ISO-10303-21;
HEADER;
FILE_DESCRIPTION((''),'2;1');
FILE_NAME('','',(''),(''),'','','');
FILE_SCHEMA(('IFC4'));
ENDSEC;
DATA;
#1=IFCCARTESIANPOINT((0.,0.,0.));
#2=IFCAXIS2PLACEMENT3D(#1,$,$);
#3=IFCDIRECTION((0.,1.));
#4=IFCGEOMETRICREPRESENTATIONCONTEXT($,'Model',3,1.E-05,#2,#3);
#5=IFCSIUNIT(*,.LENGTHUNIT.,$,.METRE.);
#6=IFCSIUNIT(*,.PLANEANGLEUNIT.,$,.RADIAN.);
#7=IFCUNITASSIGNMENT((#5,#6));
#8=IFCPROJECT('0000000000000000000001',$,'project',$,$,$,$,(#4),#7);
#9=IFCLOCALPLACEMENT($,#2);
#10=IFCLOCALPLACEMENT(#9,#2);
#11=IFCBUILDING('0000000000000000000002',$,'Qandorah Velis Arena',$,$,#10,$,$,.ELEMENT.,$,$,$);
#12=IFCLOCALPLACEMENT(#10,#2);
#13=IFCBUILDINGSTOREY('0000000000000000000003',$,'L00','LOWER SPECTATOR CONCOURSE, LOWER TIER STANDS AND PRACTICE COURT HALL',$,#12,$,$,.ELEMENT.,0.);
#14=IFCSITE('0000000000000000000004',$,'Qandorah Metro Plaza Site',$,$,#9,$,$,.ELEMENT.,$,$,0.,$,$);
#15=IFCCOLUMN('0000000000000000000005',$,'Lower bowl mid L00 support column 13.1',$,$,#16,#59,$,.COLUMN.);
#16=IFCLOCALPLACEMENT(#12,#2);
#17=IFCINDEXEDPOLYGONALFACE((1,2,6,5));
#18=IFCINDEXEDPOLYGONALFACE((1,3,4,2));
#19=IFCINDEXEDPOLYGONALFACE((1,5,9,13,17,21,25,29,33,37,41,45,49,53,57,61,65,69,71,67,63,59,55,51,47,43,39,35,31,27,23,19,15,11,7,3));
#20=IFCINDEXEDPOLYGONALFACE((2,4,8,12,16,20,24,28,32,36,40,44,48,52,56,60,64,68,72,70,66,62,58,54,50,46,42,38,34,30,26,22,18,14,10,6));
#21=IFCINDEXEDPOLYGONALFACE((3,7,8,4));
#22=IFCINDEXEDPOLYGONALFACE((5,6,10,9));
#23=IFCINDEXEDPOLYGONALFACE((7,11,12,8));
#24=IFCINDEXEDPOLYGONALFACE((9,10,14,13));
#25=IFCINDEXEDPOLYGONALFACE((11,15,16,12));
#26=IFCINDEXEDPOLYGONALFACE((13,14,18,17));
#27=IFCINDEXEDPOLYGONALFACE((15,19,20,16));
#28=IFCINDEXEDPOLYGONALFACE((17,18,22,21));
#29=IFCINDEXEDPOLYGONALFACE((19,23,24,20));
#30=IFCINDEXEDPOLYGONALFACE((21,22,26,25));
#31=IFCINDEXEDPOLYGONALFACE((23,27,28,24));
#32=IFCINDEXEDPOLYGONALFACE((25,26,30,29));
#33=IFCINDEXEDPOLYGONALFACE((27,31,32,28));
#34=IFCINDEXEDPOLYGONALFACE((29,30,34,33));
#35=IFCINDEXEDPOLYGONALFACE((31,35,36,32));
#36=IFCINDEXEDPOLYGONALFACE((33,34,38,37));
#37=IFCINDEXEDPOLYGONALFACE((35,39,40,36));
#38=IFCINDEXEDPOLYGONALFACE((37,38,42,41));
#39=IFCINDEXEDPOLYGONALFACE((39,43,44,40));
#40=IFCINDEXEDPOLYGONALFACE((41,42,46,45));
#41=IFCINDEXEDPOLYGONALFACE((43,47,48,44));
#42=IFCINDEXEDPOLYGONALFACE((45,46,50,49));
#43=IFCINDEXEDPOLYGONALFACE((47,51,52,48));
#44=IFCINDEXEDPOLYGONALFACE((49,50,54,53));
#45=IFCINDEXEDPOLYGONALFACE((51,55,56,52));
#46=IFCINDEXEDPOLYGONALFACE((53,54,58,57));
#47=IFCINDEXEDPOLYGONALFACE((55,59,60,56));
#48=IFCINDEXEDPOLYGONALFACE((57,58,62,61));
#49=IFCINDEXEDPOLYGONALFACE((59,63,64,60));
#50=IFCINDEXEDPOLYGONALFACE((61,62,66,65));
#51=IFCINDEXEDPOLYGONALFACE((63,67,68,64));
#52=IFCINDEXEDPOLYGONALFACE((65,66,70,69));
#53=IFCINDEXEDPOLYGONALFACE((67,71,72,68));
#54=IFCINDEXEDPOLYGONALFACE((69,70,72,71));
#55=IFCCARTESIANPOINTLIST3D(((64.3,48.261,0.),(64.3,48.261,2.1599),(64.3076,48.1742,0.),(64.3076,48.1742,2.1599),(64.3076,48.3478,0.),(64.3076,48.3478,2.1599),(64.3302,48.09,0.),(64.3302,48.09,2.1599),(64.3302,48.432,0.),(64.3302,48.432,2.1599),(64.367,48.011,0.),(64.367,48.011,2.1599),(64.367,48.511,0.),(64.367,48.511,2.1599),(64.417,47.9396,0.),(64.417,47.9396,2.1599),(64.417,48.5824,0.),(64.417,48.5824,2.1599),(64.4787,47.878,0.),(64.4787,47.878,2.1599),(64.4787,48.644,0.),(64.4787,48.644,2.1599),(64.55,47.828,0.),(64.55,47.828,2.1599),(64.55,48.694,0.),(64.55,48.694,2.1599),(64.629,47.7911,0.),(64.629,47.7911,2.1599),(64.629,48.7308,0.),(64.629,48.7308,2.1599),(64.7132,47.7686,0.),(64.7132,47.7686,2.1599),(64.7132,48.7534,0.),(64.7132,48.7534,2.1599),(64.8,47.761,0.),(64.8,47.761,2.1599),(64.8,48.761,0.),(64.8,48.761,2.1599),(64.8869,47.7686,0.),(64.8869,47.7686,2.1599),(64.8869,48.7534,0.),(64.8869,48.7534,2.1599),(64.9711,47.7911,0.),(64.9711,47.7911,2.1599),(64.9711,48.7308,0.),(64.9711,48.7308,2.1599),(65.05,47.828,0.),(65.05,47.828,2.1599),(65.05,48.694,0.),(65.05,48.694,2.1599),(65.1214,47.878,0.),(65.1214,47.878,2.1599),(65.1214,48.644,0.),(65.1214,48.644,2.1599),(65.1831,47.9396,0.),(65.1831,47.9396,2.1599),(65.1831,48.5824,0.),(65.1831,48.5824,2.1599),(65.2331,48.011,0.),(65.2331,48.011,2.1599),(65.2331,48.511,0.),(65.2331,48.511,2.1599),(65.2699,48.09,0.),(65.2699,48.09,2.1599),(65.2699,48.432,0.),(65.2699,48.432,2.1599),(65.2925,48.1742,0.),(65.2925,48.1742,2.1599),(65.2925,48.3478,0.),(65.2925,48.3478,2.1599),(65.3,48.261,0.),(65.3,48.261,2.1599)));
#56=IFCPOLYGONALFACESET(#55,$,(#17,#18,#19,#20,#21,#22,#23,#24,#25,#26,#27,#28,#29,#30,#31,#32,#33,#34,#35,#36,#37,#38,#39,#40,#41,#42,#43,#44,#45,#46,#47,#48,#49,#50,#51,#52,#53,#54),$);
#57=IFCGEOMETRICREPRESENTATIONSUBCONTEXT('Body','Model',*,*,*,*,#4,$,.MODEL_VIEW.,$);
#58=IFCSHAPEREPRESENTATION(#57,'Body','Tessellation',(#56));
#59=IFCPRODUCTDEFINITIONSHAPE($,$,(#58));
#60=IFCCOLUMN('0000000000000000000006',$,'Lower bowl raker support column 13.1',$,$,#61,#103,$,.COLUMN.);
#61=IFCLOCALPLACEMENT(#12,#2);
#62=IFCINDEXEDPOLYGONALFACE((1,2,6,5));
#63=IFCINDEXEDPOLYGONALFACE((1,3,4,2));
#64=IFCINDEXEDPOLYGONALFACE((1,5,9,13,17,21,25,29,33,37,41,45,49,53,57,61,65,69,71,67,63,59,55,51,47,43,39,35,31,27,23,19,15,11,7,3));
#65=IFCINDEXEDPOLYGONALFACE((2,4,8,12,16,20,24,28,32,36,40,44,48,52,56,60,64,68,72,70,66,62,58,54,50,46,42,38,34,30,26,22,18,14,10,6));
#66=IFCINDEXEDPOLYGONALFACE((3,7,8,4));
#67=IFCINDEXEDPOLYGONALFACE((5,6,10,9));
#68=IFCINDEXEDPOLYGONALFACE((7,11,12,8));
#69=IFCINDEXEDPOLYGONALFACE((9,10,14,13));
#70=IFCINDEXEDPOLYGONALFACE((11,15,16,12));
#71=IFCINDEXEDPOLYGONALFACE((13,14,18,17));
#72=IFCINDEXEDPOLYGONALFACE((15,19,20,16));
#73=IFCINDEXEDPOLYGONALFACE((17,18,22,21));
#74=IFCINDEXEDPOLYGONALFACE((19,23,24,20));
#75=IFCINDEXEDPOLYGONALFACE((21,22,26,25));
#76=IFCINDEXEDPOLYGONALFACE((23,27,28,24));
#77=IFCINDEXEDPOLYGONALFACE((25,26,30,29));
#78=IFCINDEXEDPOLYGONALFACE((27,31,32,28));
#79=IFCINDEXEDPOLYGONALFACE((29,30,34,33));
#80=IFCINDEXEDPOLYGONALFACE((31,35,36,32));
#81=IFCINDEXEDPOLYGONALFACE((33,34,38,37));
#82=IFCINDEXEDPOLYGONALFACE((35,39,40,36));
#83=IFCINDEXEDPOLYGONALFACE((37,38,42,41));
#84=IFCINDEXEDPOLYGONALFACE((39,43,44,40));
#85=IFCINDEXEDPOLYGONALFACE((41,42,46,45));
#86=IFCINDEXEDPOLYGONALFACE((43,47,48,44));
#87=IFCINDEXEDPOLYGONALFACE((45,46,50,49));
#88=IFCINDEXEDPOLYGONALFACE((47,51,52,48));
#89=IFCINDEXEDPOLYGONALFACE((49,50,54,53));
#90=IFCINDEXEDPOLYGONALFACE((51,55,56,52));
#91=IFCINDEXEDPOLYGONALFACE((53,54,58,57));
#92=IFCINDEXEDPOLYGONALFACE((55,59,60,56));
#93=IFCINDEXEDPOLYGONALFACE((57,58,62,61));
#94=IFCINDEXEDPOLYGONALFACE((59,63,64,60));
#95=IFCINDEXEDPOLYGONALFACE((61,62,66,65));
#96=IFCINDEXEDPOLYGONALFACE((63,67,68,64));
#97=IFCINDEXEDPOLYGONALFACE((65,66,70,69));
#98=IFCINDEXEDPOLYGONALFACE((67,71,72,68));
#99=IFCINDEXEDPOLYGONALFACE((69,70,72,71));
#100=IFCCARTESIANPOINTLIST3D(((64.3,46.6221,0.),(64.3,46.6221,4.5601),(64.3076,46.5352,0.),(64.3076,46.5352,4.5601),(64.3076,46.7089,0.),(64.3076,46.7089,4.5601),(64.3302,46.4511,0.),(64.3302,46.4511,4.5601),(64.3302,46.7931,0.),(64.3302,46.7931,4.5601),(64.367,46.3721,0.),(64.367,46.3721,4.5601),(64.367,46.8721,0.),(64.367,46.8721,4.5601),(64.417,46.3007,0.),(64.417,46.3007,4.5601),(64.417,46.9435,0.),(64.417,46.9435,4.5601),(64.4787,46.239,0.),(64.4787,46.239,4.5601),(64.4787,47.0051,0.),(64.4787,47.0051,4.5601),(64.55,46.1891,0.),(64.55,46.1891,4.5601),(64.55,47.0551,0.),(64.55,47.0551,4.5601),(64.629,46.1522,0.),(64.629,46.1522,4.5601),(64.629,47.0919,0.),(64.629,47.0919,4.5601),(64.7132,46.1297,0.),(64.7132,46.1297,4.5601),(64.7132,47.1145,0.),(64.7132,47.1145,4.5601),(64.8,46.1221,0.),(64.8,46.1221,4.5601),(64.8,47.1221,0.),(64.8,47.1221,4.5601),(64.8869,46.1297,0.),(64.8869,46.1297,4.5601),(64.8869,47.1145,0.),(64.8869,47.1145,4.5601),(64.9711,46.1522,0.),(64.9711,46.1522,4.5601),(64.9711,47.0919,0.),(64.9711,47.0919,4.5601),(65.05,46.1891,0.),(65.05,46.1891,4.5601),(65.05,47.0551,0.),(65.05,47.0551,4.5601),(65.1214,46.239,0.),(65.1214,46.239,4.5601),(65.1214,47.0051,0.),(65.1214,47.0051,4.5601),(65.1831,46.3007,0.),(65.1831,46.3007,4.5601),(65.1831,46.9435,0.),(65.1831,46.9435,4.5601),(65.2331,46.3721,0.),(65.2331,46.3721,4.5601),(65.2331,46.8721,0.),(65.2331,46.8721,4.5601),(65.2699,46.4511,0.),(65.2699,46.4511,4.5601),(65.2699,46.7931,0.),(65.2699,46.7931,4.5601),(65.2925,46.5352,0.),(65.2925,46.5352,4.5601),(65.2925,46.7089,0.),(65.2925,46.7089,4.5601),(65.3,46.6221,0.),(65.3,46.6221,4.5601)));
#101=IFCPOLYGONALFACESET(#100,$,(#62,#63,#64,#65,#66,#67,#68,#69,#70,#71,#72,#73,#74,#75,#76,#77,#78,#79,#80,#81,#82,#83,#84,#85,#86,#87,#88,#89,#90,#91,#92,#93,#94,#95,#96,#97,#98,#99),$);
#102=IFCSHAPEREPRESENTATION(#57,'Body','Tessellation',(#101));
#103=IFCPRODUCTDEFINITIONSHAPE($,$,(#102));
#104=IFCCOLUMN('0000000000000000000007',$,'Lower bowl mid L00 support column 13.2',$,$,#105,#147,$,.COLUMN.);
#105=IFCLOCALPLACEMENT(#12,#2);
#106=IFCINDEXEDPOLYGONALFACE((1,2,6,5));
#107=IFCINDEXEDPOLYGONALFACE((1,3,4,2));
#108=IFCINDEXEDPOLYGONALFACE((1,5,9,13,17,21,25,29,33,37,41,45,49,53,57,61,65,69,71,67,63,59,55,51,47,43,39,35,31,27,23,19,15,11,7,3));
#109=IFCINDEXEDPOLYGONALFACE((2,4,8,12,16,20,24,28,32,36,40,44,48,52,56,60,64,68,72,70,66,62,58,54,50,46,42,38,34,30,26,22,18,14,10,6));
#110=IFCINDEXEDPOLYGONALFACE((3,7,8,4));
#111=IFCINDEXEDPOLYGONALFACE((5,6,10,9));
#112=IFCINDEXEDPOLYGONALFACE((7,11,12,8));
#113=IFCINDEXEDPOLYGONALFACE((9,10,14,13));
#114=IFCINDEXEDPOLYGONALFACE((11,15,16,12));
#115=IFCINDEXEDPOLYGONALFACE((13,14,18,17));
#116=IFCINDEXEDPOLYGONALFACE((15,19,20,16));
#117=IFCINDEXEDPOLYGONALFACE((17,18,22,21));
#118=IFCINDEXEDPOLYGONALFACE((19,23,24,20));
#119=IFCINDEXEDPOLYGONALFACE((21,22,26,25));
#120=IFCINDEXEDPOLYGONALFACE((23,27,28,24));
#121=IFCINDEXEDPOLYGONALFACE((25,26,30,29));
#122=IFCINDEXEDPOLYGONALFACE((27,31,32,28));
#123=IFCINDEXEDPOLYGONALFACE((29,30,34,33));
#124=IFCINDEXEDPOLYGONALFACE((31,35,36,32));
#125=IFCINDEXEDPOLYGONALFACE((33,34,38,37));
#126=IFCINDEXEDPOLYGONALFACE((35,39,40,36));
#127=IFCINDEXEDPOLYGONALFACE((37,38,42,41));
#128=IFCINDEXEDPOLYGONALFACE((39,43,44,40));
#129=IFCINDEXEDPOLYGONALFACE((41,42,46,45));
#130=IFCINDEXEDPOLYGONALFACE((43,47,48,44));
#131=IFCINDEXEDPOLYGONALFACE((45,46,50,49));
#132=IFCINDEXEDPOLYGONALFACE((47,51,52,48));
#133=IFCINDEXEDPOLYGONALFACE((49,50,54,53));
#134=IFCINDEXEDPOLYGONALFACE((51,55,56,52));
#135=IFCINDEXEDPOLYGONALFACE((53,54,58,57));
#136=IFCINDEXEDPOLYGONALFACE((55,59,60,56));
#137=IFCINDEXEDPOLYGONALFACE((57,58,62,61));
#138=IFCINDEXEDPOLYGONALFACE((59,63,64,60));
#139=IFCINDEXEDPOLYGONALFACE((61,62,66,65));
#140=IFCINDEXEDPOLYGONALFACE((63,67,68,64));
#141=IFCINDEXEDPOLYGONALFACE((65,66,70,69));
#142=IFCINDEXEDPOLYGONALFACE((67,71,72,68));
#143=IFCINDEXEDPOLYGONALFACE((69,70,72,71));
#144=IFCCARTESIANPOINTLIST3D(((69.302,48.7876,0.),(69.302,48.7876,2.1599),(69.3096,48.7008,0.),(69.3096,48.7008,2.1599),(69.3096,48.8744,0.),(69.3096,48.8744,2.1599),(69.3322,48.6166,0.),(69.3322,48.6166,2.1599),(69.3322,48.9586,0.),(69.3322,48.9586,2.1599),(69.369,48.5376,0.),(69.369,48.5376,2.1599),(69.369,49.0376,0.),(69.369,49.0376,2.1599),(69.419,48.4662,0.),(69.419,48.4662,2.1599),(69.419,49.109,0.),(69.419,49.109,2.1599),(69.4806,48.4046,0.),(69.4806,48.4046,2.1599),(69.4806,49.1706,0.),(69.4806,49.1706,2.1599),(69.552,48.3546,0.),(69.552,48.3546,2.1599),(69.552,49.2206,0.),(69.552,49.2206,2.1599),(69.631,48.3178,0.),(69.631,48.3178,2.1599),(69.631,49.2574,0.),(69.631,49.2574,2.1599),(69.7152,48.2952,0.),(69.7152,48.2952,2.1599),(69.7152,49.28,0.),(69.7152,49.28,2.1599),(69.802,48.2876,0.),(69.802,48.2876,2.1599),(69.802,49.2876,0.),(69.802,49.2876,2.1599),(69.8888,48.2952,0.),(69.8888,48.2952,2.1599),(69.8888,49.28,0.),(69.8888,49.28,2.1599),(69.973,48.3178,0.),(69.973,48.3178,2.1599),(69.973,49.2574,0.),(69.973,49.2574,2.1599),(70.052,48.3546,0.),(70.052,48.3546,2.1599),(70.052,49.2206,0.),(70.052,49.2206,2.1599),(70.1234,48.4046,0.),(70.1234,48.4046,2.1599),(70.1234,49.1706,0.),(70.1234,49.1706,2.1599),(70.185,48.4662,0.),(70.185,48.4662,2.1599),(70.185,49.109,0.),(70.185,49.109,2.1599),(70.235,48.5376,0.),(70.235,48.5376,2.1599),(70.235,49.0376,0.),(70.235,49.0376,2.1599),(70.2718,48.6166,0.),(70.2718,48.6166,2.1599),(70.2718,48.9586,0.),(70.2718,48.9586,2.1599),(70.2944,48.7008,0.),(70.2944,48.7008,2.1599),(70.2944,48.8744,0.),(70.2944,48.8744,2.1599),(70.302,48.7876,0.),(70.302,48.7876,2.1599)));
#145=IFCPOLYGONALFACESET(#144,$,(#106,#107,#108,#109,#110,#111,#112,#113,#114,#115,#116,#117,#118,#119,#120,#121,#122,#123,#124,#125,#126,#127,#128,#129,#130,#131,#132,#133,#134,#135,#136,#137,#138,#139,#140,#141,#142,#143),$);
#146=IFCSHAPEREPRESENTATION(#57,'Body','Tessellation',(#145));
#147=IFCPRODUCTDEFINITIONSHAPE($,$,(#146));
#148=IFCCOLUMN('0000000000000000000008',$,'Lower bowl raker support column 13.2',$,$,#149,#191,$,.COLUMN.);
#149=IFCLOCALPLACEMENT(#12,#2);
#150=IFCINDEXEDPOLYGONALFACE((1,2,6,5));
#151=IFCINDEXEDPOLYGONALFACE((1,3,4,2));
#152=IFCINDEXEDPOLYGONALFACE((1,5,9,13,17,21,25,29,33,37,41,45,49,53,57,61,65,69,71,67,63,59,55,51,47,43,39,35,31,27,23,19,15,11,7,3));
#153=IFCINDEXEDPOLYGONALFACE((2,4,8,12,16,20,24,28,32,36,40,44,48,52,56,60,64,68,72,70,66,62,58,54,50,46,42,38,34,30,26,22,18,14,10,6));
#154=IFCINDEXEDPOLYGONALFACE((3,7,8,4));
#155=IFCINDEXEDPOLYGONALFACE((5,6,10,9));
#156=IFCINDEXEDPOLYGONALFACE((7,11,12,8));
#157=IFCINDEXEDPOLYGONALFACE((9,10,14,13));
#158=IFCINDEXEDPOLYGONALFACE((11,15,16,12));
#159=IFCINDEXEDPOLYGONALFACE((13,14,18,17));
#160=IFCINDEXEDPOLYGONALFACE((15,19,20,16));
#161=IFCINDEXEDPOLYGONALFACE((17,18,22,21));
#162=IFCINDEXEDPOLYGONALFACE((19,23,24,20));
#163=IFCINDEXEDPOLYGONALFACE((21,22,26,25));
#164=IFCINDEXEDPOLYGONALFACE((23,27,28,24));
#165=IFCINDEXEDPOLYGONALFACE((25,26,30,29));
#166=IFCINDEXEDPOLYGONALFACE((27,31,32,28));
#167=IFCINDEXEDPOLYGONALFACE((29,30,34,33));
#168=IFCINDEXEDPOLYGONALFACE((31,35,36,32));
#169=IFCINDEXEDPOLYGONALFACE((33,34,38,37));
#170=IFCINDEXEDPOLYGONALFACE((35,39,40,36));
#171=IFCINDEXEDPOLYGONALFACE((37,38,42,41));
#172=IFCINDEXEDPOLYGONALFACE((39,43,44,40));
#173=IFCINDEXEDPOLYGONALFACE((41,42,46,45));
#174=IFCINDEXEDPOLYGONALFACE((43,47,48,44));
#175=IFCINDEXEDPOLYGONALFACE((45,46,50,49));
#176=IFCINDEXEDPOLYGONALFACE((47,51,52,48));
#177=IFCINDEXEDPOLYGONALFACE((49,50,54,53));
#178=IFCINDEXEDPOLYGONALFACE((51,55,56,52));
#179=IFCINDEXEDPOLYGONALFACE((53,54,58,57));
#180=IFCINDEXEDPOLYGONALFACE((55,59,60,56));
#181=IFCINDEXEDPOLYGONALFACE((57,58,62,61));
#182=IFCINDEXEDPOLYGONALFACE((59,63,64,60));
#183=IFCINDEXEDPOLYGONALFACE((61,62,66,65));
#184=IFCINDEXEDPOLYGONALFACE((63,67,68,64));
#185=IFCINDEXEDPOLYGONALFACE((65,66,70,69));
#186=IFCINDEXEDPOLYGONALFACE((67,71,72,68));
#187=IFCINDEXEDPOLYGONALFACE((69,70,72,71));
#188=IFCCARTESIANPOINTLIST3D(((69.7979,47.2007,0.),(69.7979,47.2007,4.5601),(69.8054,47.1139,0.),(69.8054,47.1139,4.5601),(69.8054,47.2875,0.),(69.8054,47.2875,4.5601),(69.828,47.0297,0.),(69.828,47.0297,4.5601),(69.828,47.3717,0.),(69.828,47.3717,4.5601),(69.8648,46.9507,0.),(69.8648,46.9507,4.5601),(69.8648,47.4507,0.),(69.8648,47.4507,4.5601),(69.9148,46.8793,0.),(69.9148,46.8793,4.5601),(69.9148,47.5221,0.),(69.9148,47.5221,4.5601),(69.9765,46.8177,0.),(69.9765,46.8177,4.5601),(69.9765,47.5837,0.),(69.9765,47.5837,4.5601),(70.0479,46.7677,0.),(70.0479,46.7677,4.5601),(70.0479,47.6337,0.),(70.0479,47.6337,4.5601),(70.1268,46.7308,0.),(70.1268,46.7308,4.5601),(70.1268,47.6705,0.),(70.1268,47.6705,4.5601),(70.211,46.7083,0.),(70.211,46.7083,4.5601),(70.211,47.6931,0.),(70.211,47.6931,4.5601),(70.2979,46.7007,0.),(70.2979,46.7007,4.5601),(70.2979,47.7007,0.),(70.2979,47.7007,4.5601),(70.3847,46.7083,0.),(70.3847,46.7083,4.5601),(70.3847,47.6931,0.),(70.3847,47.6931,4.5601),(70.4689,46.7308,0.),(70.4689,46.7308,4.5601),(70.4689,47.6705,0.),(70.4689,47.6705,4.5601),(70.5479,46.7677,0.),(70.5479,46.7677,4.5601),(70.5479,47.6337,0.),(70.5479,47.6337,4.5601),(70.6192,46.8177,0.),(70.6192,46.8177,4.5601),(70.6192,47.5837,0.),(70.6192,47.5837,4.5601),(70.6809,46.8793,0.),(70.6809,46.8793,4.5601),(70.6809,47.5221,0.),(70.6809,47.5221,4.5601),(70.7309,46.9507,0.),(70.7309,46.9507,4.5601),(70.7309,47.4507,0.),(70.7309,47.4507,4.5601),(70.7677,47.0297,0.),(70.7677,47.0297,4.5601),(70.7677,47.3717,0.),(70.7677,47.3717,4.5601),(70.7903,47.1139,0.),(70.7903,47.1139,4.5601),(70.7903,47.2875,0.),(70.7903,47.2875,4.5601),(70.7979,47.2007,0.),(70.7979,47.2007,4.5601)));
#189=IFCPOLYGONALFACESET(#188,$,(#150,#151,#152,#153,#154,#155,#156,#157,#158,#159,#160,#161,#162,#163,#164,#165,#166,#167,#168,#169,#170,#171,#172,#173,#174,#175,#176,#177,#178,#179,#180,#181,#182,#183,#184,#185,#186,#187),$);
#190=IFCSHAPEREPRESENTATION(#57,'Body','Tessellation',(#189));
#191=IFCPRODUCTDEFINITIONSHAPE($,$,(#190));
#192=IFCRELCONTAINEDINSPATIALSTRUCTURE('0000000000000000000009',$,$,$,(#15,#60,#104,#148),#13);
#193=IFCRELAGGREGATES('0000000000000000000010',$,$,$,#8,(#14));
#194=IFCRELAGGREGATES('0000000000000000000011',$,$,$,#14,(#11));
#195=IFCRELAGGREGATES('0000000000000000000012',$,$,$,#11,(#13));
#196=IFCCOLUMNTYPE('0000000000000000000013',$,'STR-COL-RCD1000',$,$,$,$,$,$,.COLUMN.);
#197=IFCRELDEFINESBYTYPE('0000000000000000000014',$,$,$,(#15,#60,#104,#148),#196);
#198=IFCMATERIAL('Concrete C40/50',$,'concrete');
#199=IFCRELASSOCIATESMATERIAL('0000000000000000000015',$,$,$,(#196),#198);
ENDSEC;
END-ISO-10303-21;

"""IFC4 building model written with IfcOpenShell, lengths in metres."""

from ifc_helpers import new_model, si_unit, direction, frame, origin, origin_2d, place, context, subcontext, project, spatial, circle, extrude, material, material_profile, profile_set, type_object, element, save


model = new_model("IFC4")

# Units and contexts
model_context = context("Model", 3, precision=1e-05, world=origin(), true_north=direction((0.0, 1.0)))
body_context = subcontext(model_context, "Body", "Model", "MODEL_VIEW")
ifc_project = project(units=[si_unit("LENGTHUNIT", "METRE"), si_unit("PLANEANGLEUNIT", "RADIAN")], contexts=[model_context])

# Site, building, storey
site_placement = place(None, origin())
site = spatial("IfcSite", under=ifc_project, at=site_placement, Name="Qandorah Metro Plaza Site", CompositionType="ELEMENT", RefElevation=0.0)
building_placement = place(site_placement, origin())
building = spatial("IfcBuilding", under=site, at=building_placement, Name="Qandorah Velis Arena", CompositionType="ELEMENT")
storey_placement = place(building_placement, origin())
storey = spatial("IfcBuildingStorey", under=building, at=storey_placement, Name="L00", Description="LOWER SPECTATOR CONCOURSE, LOWER TIER STANDS AND PRACTICE COURT HALL", CompositionType="ELEMENT", Elevation=0.0)

# Columns
ifc_material_1 = material(Name="Concrete C40/50", Category="concrete")
ifc_material_profile_1 = material_profile(ifc_material_1, circle(Radius=0.5, at=origin_2d()), Name="RC D1000")
ifc_profile_set_1 = profile_set([ifc_material_profile_1], Name="Concrete C40/50")
column_type_1 = type_object("IfcColumnType", Name="STR-COL-RCD1000", PredefinedType="COLUMN", material=ifc_profile_set_1)
column_1_placement = place(storey_placement, frame((64.8, 48.261, 0.0), z_axis=(0.0, 0.0, 1.0), x_axis=(1.0, 0.0, 0.0)))
element("IfcColumn", 1, at=column_1_placement, inside=storey, type_object=column_type_1, Name="Lower bowl mid L00 support column 13.1", PredefinedType="COLUMN", context=body_context, shape_type="SweptSolid", body=[
    extrude(circle(Radius=0.5, at=origin_2d()), origin(), (0.0, 0.0, 1.0), 2.1599),
])
column_2_placement = place(storey_placement, frame((64.8, 46.6221, 0.0), z_axis=(0.0, 0.0, 1.0), x_axis=(1.0, 0.0, 0.0)))
element("IfcColumn", 2, at=column_2_placement, inside=storey, type_object=column_type_1, Name="Lower bowl raker support column 13.1", PredefinedType="COLUMN", context=body_context, shape_type="SweptSolid", body=[
    extrude(circle(Radius=0.5, at=origin_2d()), origin(), (0.0, 0.0, 1.0), 4.5601),
])
column_3_placement = place(storey_placement, frame((69.802, 48.7876, 0.0), z_axis=(0.0, 0.0, 1.0), x_axis=(1.0, 0.0, 0.0)))
element("IfcColumn", 3, at=column_3_placement, inside=storey, type_object=column_type_1, Name="Lower bowl mid L00 support column 13.2", PredefinedType="COLUMN", context=body_context, shape_type="SweptSolid", body=[
    extrude(circle(Radius=0.5, at=origin_2d()), origin(), (0.0, 0.0, 1.0), 2.1599),
])
column_4_placement = place(storey_placement, frame((70.2979, 47.2007, 0.0), z_axis=(0.0, 0.0, 1.0), x_axis=(1.0, 0.0, 0.0)))
element("IfcColumn", 4, at=column_4_placement, inside=storey, type_object=column_type_1, Name="Lower bowl raker support column 13.2", PredefinedType="COLUMN", context=body_context, shape_type="SweptSolid", body=[
    extrude(circle(Radius=0.5, at=origin_2d()), origin(), (0.0, 0.0, 1.0), 4.5601),
])

save(model, "model.ifc")
